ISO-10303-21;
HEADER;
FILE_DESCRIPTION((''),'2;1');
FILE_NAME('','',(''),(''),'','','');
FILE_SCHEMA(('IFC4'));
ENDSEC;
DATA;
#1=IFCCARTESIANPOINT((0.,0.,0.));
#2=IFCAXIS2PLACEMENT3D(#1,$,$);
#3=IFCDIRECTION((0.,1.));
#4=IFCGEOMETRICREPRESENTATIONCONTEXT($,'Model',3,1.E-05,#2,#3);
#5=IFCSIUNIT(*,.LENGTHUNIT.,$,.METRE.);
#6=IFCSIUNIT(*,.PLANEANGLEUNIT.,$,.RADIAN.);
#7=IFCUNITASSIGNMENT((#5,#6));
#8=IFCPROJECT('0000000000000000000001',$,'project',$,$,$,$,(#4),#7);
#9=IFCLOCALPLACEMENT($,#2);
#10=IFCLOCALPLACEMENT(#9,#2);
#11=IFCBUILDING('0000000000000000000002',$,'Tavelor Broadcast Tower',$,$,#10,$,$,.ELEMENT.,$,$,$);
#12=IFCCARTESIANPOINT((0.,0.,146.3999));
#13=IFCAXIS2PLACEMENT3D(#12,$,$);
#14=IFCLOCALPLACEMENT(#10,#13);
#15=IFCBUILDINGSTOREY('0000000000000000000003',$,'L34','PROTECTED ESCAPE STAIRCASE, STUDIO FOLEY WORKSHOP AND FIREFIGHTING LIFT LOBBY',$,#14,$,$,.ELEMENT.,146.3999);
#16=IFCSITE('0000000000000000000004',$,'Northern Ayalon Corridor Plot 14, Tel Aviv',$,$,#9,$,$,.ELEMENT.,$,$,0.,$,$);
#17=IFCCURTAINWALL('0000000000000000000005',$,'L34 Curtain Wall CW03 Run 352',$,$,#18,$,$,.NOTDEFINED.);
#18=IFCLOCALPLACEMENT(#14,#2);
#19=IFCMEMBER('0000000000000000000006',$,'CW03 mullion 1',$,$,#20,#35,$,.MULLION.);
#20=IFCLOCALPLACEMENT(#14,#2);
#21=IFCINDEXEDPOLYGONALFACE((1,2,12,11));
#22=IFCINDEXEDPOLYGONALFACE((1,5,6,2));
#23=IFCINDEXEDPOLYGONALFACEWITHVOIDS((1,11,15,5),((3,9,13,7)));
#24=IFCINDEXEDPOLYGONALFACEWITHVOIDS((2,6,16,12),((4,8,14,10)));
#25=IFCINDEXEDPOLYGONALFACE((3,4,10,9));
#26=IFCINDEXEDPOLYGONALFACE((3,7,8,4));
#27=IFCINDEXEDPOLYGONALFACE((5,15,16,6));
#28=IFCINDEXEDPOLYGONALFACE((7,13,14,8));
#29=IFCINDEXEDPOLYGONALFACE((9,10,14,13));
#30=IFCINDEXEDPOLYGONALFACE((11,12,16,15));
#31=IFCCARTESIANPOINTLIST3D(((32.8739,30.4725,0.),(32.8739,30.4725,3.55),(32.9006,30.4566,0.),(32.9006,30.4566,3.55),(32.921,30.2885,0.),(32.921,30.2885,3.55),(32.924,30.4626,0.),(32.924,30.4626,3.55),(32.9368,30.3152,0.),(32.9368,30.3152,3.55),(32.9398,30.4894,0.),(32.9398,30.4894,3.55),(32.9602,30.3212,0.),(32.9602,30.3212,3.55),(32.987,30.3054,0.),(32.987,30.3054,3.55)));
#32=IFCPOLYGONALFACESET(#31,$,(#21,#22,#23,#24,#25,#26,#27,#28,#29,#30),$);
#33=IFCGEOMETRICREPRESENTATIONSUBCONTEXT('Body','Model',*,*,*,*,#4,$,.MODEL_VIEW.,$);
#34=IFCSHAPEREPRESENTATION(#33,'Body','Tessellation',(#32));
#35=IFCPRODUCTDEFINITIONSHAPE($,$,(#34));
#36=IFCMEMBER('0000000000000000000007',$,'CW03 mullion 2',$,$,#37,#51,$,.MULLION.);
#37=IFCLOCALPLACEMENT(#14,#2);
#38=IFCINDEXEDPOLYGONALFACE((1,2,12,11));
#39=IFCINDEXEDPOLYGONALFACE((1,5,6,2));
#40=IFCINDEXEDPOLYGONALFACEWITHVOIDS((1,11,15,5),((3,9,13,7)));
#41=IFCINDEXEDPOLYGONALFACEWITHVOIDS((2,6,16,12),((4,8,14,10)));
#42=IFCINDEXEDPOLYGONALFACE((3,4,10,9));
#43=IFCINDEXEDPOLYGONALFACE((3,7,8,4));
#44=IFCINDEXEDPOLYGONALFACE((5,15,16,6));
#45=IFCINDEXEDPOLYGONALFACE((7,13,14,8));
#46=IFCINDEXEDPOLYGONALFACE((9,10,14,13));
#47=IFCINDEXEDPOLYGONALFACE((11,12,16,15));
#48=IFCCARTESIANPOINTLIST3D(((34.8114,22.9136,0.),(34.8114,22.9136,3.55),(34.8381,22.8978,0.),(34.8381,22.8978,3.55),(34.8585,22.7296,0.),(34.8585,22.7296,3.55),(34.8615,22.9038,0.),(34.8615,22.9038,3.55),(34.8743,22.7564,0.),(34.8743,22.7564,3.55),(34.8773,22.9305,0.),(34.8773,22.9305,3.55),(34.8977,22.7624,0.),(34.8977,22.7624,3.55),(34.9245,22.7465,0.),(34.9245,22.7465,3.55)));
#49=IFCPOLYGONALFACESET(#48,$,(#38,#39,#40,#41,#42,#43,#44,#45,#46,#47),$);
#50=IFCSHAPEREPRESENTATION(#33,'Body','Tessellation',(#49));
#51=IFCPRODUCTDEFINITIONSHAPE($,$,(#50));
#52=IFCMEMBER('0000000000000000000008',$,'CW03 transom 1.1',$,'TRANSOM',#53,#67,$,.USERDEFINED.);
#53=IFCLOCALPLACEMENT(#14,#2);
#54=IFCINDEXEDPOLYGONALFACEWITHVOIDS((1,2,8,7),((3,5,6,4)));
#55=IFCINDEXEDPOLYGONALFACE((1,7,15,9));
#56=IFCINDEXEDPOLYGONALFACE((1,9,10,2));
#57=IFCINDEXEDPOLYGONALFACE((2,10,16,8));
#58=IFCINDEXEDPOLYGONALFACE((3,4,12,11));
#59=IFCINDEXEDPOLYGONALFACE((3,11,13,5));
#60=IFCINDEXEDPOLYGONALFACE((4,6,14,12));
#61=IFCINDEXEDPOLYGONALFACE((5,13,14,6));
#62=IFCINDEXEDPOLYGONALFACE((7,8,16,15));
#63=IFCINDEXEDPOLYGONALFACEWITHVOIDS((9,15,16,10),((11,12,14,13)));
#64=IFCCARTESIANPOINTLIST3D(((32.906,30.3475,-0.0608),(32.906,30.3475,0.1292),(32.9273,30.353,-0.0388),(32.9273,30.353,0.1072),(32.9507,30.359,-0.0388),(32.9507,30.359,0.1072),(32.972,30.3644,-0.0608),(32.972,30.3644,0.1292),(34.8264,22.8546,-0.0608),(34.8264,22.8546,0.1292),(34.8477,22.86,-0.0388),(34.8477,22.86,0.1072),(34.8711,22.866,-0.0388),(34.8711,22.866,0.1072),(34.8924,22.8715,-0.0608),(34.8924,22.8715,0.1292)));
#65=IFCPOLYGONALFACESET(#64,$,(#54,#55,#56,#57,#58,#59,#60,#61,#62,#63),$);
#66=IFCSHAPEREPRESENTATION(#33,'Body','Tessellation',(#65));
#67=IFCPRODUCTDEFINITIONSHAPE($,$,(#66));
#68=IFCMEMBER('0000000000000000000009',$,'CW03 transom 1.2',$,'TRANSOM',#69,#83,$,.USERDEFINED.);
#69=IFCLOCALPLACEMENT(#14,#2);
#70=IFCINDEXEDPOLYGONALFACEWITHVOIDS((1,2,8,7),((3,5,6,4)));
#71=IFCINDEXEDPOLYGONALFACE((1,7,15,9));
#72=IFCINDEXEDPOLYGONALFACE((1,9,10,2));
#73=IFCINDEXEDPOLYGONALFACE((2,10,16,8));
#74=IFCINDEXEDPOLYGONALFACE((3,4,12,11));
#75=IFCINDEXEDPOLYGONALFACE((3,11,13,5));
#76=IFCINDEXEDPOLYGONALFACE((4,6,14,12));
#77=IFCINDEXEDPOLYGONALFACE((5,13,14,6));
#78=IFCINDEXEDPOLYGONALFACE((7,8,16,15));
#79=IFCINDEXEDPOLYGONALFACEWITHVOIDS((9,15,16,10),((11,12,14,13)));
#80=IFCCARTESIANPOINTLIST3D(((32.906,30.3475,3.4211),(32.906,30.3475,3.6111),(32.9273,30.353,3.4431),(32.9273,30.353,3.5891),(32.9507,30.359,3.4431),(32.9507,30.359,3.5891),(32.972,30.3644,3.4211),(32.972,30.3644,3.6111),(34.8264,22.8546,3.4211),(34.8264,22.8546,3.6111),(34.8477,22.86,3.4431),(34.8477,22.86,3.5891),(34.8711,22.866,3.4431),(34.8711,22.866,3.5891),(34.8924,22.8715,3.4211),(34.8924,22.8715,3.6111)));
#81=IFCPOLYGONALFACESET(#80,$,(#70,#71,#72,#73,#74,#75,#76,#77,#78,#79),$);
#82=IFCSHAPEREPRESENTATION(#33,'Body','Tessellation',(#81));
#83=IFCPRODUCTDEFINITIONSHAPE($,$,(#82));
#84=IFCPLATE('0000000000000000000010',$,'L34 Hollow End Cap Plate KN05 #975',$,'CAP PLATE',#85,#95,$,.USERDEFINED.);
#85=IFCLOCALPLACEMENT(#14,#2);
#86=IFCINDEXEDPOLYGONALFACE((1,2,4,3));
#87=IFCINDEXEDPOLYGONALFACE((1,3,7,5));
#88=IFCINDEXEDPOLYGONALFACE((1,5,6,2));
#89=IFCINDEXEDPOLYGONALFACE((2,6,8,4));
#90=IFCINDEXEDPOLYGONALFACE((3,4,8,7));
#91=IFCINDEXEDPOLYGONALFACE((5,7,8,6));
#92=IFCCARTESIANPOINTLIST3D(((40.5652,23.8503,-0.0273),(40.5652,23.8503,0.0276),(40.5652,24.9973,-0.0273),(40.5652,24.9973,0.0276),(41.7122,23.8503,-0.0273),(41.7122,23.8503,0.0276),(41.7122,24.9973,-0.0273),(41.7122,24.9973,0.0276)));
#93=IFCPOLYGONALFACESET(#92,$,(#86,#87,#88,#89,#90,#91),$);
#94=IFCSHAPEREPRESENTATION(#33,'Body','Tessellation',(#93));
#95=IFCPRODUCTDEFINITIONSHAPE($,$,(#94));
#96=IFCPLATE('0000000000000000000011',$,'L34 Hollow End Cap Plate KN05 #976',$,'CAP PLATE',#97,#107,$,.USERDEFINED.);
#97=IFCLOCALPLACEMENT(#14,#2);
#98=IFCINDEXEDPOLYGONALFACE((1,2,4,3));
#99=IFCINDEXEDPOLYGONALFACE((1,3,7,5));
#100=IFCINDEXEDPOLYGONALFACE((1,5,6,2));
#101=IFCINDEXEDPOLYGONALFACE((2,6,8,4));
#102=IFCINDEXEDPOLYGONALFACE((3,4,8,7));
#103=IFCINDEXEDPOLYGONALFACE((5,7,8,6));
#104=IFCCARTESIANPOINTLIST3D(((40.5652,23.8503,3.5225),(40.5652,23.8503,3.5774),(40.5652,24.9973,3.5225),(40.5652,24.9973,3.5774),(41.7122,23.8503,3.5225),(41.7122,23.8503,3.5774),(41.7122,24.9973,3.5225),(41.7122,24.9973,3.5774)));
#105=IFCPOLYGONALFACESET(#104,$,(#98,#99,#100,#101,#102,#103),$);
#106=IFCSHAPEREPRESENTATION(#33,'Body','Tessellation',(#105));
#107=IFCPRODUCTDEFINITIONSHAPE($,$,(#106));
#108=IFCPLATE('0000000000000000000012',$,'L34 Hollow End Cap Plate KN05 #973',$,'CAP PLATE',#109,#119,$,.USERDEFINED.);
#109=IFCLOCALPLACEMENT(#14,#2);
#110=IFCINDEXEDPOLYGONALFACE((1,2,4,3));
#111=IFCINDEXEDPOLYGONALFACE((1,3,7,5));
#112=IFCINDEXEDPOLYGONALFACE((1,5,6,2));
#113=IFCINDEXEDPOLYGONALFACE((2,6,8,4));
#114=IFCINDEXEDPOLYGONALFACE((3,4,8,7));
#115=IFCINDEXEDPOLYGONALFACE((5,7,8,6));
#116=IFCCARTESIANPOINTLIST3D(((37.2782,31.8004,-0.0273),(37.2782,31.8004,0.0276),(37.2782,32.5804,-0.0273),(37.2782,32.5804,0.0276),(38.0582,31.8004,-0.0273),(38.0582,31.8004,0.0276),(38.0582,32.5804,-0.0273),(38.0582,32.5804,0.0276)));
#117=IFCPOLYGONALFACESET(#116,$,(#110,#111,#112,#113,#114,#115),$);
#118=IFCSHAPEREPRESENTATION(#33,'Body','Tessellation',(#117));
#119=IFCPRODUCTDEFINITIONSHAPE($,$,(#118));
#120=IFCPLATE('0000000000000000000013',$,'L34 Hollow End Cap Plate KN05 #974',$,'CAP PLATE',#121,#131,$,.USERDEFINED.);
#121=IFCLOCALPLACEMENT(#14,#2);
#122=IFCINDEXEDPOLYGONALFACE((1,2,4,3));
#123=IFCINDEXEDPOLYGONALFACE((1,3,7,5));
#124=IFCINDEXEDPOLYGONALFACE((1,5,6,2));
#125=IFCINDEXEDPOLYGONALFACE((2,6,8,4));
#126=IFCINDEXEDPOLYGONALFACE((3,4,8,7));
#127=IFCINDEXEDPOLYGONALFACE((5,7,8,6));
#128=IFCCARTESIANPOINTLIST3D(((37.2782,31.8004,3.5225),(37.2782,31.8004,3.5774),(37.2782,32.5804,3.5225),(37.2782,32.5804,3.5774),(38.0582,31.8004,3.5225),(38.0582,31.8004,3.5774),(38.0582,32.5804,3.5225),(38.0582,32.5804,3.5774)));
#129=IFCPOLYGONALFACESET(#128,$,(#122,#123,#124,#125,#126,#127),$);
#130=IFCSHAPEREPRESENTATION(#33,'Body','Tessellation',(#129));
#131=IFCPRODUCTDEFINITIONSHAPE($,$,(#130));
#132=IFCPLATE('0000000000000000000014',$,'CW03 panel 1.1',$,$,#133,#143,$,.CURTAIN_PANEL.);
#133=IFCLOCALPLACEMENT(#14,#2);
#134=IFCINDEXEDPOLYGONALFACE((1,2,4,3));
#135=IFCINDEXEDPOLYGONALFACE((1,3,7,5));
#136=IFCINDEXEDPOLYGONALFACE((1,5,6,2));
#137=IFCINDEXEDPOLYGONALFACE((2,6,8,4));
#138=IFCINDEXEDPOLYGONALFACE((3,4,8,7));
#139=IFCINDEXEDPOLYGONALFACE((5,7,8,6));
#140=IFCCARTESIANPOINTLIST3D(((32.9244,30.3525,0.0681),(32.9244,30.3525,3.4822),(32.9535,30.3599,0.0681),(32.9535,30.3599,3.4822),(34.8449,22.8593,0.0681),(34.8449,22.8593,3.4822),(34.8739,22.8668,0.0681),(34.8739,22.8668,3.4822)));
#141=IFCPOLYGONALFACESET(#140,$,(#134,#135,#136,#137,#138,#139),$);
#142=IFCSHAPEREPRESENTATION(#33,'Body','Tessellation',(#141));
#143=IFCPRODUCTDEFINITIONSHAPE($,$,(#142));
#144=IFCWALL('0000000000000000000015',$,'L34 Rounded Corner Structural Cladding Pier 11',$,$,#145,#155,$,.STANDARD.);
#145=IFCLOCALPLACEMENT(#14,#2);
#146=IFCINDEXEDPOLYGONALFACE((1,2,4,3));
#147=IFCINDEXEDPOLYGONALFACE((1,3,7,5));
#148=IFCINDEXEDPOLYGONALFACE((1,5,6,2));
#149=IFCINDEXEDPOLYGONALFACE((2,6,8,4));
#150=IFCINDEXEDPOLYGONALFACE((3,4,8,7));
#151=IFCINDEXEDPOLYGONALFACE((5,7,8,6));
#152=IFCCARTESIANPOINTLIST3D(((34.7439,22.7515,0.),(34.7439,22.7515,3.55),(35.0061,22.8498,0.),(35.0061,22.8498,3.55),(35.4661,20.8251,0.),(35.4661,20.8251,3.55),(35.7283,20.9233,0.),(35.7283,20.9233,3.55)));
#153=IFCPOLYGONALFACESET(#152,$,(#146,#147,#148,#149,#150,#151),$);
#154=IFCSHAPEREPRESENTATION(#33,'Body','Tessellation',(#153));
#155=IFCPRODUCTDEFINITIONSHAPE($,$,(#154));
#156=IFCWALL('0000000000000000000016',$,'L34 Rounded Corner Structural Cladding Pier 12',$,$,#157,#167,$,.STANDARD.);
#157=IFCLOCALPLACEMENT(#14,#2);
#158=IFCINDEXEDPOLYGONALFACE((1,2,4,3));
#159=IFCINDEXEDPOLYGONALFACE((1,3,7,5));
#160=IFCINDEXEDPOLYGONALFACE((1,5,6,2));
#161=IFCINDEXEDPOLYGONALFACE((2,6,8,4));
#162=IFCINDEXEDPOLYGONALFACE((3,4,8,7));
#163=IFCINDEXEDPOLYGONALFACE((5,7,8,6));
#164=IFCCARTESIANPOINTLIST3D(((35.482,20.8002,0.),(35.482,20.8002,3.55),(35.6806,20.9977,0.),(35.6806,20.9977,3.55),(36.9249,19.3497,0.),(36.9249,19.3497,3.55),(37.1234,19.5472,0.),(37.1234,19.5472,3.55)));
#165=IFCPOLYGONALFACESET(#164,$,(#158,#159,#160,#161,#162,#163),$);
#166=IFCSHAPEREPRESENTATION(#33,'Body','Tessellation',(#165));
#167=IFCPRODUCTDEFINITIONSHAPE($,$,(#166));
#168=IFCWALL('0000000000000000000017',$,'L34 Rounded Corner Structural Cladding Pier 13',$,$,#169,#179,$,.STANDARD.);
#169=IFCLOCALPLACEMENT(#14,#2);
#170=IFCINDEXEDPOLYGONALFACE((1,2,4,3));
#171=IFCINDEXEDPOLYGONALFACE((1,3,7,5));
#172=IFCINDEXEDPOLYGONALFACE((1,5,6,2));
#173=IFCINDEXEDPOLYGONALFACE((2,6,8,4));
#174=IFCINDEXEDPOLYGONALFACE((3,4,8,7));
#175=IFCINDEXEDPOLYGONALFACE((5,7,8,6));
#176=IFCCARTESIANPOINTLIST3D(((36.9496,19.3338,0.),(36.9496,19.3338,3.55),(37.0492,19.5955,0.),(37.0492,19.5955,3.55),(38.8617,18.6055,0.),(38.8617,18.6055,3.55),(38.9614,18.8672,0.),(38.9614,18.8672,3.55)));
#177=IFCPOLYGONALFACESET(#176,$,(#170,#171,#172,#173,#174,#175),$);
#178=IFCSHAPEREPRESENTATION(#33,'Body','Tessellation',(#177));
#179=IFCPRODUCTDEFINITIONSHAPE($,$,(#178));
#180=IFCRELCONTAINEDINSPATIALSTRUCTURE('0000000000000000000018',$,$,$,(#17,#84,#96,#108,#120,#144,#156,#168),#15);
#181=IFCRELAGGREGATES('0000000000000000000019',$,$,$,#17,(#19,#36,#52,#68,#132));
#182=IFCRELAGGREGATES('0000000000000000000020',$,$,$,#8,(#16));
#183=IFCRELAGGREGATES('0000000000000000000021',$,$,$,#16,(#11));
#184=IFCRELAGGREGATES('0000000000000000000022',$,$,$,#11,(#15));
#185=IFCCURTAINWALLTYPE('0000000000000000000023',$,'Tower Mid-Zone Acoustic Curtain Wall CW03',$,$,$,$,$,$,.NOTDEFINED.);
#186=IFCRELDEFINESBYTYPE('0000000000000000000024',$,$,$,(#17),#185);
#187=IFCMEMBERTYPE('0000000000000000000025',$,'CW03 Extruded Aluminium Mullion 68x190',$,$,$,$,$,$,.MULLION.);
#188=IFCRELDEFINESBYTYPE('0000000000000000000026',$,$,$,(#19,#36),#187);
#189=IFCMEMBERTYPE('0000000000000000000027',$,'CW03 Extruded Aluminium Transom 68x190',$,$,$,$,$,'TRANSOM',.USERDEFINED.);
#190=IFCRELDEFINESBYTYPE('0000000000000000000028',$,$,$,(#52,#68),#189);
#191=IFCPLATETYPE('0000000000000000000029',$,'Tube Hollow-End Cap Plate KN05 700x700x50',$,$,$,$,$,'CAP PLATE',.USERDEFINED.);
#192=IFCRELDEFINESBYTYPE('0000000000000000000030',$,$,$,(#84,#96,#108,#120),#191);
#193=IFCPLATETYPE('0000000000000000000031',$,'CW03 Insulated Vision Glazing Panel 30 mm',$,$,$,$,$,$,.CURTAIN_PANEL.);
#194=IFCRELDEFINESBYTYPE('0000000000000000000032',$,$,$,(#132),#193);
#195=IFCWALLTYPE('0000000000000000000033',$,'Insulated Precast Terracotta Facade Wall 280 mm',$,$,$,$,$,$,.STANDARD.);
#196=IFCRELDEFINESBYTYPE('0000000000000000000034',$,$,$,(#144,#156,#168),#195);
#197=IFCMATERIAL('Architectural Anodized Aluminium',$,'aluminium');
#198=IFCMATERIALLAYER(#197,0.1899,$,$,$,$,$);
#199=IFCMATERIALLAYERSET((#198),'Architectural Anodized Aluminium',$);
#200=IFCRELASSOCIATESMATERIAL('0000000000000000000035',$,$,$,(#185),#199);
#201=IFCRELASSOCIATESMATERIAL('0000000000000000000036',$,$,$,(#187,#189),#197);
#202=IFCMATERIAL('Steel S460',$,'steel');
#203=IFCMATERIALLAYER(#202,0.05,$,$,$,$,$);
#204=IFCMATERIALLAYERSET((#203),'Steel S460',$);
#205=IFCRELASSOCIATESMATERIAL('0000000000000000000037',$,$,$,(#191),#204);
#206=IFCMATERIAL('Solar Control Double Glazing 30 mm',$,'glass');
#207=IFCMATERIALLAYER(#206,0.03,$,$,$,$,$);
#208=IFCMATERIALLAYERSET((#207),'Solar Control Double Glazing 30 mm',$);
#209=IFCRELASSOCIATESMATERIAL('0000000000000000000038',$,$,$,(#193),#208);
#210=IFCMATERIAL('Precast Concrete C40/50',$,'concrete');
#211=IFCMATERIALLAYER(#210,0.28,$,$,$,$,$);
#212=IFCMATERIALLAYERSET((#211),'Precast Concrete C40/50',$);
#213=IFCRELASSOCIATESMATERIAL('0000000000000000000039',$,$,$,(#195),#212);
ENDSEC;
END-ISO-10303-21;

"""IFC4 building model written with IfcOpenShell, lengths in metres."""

from ifc_helpers import new_model, si_unit, direction, frame, frame_2d, origin, origin_2d, place, context, subcontext, project, spatial, rectangle, hollow_rectangle, extrude, source, transform, mapped, material, layer, layer_set, material_profile, profile_set, type_object, type_shapes, element, aggregate, save


model = new_model("IFC4")

# Units and contexts
model_context = context("Model", 3, precision=1e-05, world=origin(), true_north=direction((0.0, 1.0)))
body_context = subcontext(model_context, "Body", "Model", "MODEL_VIEW")
ifc_project = project(units=[si_unit("LENGTHUNIT", "METRE"), si_unit("PLANEANGLEUNIT", "RADIAN")], contexts=[model_context])

# Site, building, storey
site_placement = place(None, origin())
site = spatial("IfcSite", under=ifc_project, at=site_placement, Name="Northern Ayalon Corridor Plot 14, Tel Aviv", CompositionType="ELEMENT", RefElevation=0.0)
building_placement = place(site_placement, origin())
building = spatial("IfcBuilding", under=site, at=building_placement, Name="Tavelor Broadcast Tower", CompositionType="ELEMENT")
storey_placement = place(building_placement, frame((0.0, 0.0, 146.3999)))
storey = spatial("IfcBuildingStorey", under=building, at=storey_placement, Name="L34", Description="PROTECTED ESCAPE STAIRCASE, STUDIO FOLEY WORKSHOP AND FIREFIGHTING LIFT LOBBY", CompositionType="ELEMENT", Elevation=146.3999)

# Shared definitions
ifc_material_1 = material(Name="Steel S460", Category="steel")

# Curtain wall, members
ifc_material_2 = material(Name="Architectural Anodized Aluminium", Category="aluminium")
ifc_layer_1 = layer(ifc_material_2, 0.1899)
ifc_layer_set_1 = layer_set([ifc_layer_1], Name="Architectural Anodized Aluminium")
curtain_wall_type = type_object("IfcCurtainWallType", Name="Tower Mid-Zone Acoustic Curtain Wall CW03", PredefinedType="NOTDEFINED", material=ifc_layer_set_1)
curtain_wall_placement = place(storey_placement, origin())
curtain_wall = element("IfcCurtainWall", 1, at=curtain_wall_placement, inside=storey, type_object=curtain_wall_type, Name="L34 Curtain Wall CW03 Run 352", PredefinedType="NOTDEFINED")
ifc_material_profile_1 = material_profile(ifc_material_2, hollow_rectangle(XDim=0.0681, YDim=0.1899, WallThickness=0.022, at=origin_2d()), Name="RHS 68x190x22")
ifc_profile_set_1 = profile_set([ifc_material_profile_1], Name="Architectural Anodized Aluminium")
member_type_1 = type_object("IfcMemberType", Name="CW03 Extruded Aluminium Mullion 68x190", PredefinedType="MULLION", material=ifc_profile_set_1)
shared_shape_1 = source(origin(), body_context, "Body", "SweptSolid", [
    extrude(hollow_rectangle(XDim=0.0681, YDim=0.1899, WallThickness=0.022, at=origin_2d()), origin(), (0.0, 0.0, 1.0), 3.55),
])
type_shapes(member_type_1, [shared_shape_1])
member_1_placement = place(storey_placement, frame((32.9304, 30.3889, 0.0), z_axis=(0.0, 0.0, 1.0), x_axis=(0.968691, 0.248271, 0.0)))
member_1 = element("IfcMember", 2, at=member_1_placement, type_object=member_type_1, Name="CW03 mullion 1", PredefinedType="MULLION", context=body_context, shape_type="MappedRepresentation", body=[
    mapped(shared_shape_1, transform((0.0, 0.0, 0.0), scale=1.0)),
])
member_2_placement = place(storey_placement, frame((34.8679, 22.8301, 0.0), z_axis=(0.0, 0.0, 1.0), x_axis=(0.968691, 0.248271, 0.0)))
member_2 = element("IfcMember", 3, at=member_2_placement, type_object=member_type_1, Name="CW03 mullion 2", PredefinedType="MULLION", context=body_context, shape_type="MappedRepresentation", body=[
    mapped(shared_shape_1, transform((0.0, 0.0, 0.0), scale=1.0)),
])
ifc_material_profile_2 = material_profile(ifc_material_2, hollow_rectangle(XDim=0.0681, YDim=0.1899, WallThickness=0.022, at=origin_2d()), Name="RHS 68x190x22")
ifc_profile_set_2 = profile_set([ifc_material_profile_2], Name="Architectural Anodized Aluminium")
member_type_2 = type_object("IfcMemberType", Name="CW03 Extruded Aluminium Transom 68x190", ElementType="TRANSOM", PredefinedType="USERDEFINED", material=ifc_profile_set_2)
shared_shape_2 = source(origin(), body_context, "Body", "SweptSolid", [
    extrude(hollow_rectangle(XDim=0.0681, YDim=0.1899, WallThickness=0.022, at=origin_2d()), origin(), (0.0, 0.0, 1.0), 7.7351),
])
type_shapes(member_type_2, [shared_shape_2])
member_3_placement = place(storey_placement, frame((32.939, 30.356, 0.0342), z_axis=(0.248272, -0.96869, 0.0), x_axis=(0.96869, 0.248272, 0.0)))
member_3 = element("IfcMember", 4, at=member_3_placement, type_object=member_type_2, Name="CW03 transom 1.1", ObjectType="TRANSOM", PredefinedType="USERDEFINED", context=body_context, shape_type="MappedRepresentation", body=[
    mapped(shared_shape_2, transform((0.0, 0.0, 0.0), scale=1.0)),
])
member_4_placement = place(storey_placement, frame((32.939, 30.356, 3.5161), z_axis=(0.248272, -0.96869, 0.0), x_axis=(0.96869, 0.248272, 0.0)))
member_4 = element("IfcMember", 5, at=member_4_placement, type_object=member_type_2, Name="CW03 transom 1.2", ObjectType="TRANSOM", PredefinedType="USERDEFINED", context=body_context, shape_type="MappedRepresentation", body=[
    mapped(shared_shape_2, transform((0.0, 0.0, 0.0), scale=1.0)),
])

# Plates
ifc_layer_2 = layer(ifc_material_1, 0.05)
ifc_layer_set_2 = layer_set([ifc_layer_2], Name="Steel S460")
plate_type_1 = type_object("IfcPlateType", Name="Tube Hollow-End Cap Plate KN05 700x700x50", ElementType="CAP PLATE", PredefinedType="USERDEFINED", material=ifc_layer_set_2)
shared_shape_3 = source(origin(), body_context, "Body", "SweptSolid", [
    extrude(rectangle(XDim=1.147, YDim=1.147, at=origin_2d()), origin(), (0.0, 0.0, 1.0), 0.0549),
])
for number, where, z_axis, x_axis, name in (
    (6, (41.1387, 24.4238, -0.0273), (0.0, 0.0, 1.0), (1.0, 0.0, 0.0), "L34 Hollow End Cap Plate KN05 #975"),
    (7, (41.1387, 24.4238, 3.5225), (0.0, 0.0, 1.0), (1.0, 0.0, 0.0), "L34 Hollow End Cap Plate KN05 #976"),
):
    element("IfcPlate", number, at=place(storey_placement, frame(where, z_axis=z_axis, x_axis=x_axis)), inside=storey, type_object=plate_type_1, Name=name, ObjectType="CAP PLATE", PredefinedType="USERDEFINED", context=body_context, shape_type="MappedRepresentation", body=[
        mapped(shared_shape_3, transform((0.0, 0.0, 0.0), scale=1.0)),
    ])
shared_shape_4 = source(origin(), body_context, "Body", "SweptSolid", [
    extrude(rectangle(XDim=0.78, YDim=0.78, at=origin_2d()), origin(), (0.0, 0.0, 1.0), 0.0549),
])
type_shapes(plate_type_1, [shared_shape_3, shared_shape_4])
for number, where, z_axis, x_axis, name in (
    (8, (37.6682, 32.1904, -0.0273), (0.0, 0.0, 1.0), (1.0, 0.0, 0.0), "L34 Hollow End Cap Plate KN05 #973"),
    (9, (37.6682, 32.1904, 3.5225), (0.0, 0.0, 1.0), (1.0, 0.0, 0.0), "L34 Hollow End Cap Plate KN05 #974"),
):
    element("IfcPlate", number, at=place(storey_placement, frame(where, z_axis=z_axis, x_axis=x_axis)), inside=storey, type_object=plate_type_1, Name=name, ObjectType="CAP PLATE", PredefinedType="USERDEFINED", context=body_context, shape_type="MappedRepresentation", body=[
        mapped(shared_shape_4, transform((0.0, 0.0, 0.0), scale=1.0)),
    ])

# Plate
ifc_material_3 = material(Name="Solar Control Double Glazing 30 mm", Category="glass")
ifc_layer_3 = layer(ifc_material_3, 0.03)
ifc_layer_set_3 = layer_set([ifc_layer_3], Name="Solar Control Double Glazing 30 mm")
plate_type_2 = type_object("IfcPlateType", Name="CW03 Insulated Vision Glazing Panel 30 mm", PredefinedType="CURTAIN_PANEL", material=ifc_layer_set_3)
shared_shape_5 = source(origin(), body_context, "Body", "SweptSolid", [
    extrude(rectangle(XDim=7.7354, YDim=0.03, at=origin_2d()), origin(), (0.0, 0.0, 1.0), 3.4141),
])
type_shapes(plate_type_2, [shared_shape_5])
plate_placement = place(storey_placement, frame((33.8992, 26.6096, 0.0681), z_axis=(0.0, 0.0, 1.0), x_axis=(0.248271, -0.968691, 0.0)))
plate = element("IfcPlate", 10, at=plate_placement, type_object=plate_type_2, Name="CW03 panel 1.1", PredefinedType="CURTAIN_PANEL", context=body_context, shape_type="MappedRepresentation", body=[
    mapped(shared_shape_5, transform((0.0, 0.0, 0.0), scale=1.0)),
])
aggregate(curtain_wall, [member_1, member_2, member_3, member_4, plate])

# Walls
ifc_material_4 = material(Name="Precast Concrete C40/50", Category="concrete")
ifc_layer_4 = layer(ifc_material_4, 0.28)
ifc_layer_set_4 = layer_set([ifc_layer_4], Name="Precast Concrete C40/50")
wall_type_1 = type_object("IfcWallType", Name="Insulated Precast Terracotta Facade Wall 280 mm", PredefinedType="STANDARD", material=ifc_layer_set_4)
wall_1_placement = place(storey_placement, frame((34.875, 22.8008, 0.0), z_axis=(0.0, 0.0, 1.0), x_axis=(0.351006, -0.936373, 0.0)))
element("IfcWall", 11, at=wall_1_placement, inside=storey, type_object=wall_type_1, Name="L34 Rounded Corner Structural Cladding Pier 11", PredefinedType="STANDARD", context=body_context, shape_type="SweptSolid", body=[
    extrude(rectangle(XDim=2.0574, YDim=0.28, at=frame_2d((1.0288, 0.0))), origin(), (0.0, 0.0, 1.0), 3.55),
])
wall_2_placement = place(storey_placement, frame((35.5813, 20.8989, 0.0), z_axis=(0.0, 0.0, 1.0), x_axis=(0.705255, -0.708954, 0.0)))
element("IfcWall", 12, at=wall_2_placement, inside=storey, type_object=wall_type_1, Name="L34 Rounded Corner Structural Cladding Pier 12", PredefinedType="STANDARD", context=body_context, shape_type="SweptSolid", body=[
    extrude(rectangle(XDim=2.0459, YDim=0.28, at=frame_2d((1.0229, 0.0))), origin(), (0.0, 0.0, 1.0), 3.55),
])
wall_3_placement = place(storey_placement, frame((36.9995, 19.4646, 0.0), z_axis=(0.0, 0.0, 1.0), x_axis=(0.934512, -0.355931, 0.0)))
element("IfcWall", 13, at=wall_3_placement, inside=storey, type_object=wall_type_1, Name="L34 Rounded Corner Structural Cladding Pier 13", PredefinedType="STANDARD", context=body_context, shape_type="SweptSolid", body=[
    extrude(rectangle(XDim=2.0461, YDim=0.28, at=frame_2d((1.0229, 0.0))), origin(), (0.0, 0.0, 1.0), 3.55),
])

save(model, "model.ifc")
